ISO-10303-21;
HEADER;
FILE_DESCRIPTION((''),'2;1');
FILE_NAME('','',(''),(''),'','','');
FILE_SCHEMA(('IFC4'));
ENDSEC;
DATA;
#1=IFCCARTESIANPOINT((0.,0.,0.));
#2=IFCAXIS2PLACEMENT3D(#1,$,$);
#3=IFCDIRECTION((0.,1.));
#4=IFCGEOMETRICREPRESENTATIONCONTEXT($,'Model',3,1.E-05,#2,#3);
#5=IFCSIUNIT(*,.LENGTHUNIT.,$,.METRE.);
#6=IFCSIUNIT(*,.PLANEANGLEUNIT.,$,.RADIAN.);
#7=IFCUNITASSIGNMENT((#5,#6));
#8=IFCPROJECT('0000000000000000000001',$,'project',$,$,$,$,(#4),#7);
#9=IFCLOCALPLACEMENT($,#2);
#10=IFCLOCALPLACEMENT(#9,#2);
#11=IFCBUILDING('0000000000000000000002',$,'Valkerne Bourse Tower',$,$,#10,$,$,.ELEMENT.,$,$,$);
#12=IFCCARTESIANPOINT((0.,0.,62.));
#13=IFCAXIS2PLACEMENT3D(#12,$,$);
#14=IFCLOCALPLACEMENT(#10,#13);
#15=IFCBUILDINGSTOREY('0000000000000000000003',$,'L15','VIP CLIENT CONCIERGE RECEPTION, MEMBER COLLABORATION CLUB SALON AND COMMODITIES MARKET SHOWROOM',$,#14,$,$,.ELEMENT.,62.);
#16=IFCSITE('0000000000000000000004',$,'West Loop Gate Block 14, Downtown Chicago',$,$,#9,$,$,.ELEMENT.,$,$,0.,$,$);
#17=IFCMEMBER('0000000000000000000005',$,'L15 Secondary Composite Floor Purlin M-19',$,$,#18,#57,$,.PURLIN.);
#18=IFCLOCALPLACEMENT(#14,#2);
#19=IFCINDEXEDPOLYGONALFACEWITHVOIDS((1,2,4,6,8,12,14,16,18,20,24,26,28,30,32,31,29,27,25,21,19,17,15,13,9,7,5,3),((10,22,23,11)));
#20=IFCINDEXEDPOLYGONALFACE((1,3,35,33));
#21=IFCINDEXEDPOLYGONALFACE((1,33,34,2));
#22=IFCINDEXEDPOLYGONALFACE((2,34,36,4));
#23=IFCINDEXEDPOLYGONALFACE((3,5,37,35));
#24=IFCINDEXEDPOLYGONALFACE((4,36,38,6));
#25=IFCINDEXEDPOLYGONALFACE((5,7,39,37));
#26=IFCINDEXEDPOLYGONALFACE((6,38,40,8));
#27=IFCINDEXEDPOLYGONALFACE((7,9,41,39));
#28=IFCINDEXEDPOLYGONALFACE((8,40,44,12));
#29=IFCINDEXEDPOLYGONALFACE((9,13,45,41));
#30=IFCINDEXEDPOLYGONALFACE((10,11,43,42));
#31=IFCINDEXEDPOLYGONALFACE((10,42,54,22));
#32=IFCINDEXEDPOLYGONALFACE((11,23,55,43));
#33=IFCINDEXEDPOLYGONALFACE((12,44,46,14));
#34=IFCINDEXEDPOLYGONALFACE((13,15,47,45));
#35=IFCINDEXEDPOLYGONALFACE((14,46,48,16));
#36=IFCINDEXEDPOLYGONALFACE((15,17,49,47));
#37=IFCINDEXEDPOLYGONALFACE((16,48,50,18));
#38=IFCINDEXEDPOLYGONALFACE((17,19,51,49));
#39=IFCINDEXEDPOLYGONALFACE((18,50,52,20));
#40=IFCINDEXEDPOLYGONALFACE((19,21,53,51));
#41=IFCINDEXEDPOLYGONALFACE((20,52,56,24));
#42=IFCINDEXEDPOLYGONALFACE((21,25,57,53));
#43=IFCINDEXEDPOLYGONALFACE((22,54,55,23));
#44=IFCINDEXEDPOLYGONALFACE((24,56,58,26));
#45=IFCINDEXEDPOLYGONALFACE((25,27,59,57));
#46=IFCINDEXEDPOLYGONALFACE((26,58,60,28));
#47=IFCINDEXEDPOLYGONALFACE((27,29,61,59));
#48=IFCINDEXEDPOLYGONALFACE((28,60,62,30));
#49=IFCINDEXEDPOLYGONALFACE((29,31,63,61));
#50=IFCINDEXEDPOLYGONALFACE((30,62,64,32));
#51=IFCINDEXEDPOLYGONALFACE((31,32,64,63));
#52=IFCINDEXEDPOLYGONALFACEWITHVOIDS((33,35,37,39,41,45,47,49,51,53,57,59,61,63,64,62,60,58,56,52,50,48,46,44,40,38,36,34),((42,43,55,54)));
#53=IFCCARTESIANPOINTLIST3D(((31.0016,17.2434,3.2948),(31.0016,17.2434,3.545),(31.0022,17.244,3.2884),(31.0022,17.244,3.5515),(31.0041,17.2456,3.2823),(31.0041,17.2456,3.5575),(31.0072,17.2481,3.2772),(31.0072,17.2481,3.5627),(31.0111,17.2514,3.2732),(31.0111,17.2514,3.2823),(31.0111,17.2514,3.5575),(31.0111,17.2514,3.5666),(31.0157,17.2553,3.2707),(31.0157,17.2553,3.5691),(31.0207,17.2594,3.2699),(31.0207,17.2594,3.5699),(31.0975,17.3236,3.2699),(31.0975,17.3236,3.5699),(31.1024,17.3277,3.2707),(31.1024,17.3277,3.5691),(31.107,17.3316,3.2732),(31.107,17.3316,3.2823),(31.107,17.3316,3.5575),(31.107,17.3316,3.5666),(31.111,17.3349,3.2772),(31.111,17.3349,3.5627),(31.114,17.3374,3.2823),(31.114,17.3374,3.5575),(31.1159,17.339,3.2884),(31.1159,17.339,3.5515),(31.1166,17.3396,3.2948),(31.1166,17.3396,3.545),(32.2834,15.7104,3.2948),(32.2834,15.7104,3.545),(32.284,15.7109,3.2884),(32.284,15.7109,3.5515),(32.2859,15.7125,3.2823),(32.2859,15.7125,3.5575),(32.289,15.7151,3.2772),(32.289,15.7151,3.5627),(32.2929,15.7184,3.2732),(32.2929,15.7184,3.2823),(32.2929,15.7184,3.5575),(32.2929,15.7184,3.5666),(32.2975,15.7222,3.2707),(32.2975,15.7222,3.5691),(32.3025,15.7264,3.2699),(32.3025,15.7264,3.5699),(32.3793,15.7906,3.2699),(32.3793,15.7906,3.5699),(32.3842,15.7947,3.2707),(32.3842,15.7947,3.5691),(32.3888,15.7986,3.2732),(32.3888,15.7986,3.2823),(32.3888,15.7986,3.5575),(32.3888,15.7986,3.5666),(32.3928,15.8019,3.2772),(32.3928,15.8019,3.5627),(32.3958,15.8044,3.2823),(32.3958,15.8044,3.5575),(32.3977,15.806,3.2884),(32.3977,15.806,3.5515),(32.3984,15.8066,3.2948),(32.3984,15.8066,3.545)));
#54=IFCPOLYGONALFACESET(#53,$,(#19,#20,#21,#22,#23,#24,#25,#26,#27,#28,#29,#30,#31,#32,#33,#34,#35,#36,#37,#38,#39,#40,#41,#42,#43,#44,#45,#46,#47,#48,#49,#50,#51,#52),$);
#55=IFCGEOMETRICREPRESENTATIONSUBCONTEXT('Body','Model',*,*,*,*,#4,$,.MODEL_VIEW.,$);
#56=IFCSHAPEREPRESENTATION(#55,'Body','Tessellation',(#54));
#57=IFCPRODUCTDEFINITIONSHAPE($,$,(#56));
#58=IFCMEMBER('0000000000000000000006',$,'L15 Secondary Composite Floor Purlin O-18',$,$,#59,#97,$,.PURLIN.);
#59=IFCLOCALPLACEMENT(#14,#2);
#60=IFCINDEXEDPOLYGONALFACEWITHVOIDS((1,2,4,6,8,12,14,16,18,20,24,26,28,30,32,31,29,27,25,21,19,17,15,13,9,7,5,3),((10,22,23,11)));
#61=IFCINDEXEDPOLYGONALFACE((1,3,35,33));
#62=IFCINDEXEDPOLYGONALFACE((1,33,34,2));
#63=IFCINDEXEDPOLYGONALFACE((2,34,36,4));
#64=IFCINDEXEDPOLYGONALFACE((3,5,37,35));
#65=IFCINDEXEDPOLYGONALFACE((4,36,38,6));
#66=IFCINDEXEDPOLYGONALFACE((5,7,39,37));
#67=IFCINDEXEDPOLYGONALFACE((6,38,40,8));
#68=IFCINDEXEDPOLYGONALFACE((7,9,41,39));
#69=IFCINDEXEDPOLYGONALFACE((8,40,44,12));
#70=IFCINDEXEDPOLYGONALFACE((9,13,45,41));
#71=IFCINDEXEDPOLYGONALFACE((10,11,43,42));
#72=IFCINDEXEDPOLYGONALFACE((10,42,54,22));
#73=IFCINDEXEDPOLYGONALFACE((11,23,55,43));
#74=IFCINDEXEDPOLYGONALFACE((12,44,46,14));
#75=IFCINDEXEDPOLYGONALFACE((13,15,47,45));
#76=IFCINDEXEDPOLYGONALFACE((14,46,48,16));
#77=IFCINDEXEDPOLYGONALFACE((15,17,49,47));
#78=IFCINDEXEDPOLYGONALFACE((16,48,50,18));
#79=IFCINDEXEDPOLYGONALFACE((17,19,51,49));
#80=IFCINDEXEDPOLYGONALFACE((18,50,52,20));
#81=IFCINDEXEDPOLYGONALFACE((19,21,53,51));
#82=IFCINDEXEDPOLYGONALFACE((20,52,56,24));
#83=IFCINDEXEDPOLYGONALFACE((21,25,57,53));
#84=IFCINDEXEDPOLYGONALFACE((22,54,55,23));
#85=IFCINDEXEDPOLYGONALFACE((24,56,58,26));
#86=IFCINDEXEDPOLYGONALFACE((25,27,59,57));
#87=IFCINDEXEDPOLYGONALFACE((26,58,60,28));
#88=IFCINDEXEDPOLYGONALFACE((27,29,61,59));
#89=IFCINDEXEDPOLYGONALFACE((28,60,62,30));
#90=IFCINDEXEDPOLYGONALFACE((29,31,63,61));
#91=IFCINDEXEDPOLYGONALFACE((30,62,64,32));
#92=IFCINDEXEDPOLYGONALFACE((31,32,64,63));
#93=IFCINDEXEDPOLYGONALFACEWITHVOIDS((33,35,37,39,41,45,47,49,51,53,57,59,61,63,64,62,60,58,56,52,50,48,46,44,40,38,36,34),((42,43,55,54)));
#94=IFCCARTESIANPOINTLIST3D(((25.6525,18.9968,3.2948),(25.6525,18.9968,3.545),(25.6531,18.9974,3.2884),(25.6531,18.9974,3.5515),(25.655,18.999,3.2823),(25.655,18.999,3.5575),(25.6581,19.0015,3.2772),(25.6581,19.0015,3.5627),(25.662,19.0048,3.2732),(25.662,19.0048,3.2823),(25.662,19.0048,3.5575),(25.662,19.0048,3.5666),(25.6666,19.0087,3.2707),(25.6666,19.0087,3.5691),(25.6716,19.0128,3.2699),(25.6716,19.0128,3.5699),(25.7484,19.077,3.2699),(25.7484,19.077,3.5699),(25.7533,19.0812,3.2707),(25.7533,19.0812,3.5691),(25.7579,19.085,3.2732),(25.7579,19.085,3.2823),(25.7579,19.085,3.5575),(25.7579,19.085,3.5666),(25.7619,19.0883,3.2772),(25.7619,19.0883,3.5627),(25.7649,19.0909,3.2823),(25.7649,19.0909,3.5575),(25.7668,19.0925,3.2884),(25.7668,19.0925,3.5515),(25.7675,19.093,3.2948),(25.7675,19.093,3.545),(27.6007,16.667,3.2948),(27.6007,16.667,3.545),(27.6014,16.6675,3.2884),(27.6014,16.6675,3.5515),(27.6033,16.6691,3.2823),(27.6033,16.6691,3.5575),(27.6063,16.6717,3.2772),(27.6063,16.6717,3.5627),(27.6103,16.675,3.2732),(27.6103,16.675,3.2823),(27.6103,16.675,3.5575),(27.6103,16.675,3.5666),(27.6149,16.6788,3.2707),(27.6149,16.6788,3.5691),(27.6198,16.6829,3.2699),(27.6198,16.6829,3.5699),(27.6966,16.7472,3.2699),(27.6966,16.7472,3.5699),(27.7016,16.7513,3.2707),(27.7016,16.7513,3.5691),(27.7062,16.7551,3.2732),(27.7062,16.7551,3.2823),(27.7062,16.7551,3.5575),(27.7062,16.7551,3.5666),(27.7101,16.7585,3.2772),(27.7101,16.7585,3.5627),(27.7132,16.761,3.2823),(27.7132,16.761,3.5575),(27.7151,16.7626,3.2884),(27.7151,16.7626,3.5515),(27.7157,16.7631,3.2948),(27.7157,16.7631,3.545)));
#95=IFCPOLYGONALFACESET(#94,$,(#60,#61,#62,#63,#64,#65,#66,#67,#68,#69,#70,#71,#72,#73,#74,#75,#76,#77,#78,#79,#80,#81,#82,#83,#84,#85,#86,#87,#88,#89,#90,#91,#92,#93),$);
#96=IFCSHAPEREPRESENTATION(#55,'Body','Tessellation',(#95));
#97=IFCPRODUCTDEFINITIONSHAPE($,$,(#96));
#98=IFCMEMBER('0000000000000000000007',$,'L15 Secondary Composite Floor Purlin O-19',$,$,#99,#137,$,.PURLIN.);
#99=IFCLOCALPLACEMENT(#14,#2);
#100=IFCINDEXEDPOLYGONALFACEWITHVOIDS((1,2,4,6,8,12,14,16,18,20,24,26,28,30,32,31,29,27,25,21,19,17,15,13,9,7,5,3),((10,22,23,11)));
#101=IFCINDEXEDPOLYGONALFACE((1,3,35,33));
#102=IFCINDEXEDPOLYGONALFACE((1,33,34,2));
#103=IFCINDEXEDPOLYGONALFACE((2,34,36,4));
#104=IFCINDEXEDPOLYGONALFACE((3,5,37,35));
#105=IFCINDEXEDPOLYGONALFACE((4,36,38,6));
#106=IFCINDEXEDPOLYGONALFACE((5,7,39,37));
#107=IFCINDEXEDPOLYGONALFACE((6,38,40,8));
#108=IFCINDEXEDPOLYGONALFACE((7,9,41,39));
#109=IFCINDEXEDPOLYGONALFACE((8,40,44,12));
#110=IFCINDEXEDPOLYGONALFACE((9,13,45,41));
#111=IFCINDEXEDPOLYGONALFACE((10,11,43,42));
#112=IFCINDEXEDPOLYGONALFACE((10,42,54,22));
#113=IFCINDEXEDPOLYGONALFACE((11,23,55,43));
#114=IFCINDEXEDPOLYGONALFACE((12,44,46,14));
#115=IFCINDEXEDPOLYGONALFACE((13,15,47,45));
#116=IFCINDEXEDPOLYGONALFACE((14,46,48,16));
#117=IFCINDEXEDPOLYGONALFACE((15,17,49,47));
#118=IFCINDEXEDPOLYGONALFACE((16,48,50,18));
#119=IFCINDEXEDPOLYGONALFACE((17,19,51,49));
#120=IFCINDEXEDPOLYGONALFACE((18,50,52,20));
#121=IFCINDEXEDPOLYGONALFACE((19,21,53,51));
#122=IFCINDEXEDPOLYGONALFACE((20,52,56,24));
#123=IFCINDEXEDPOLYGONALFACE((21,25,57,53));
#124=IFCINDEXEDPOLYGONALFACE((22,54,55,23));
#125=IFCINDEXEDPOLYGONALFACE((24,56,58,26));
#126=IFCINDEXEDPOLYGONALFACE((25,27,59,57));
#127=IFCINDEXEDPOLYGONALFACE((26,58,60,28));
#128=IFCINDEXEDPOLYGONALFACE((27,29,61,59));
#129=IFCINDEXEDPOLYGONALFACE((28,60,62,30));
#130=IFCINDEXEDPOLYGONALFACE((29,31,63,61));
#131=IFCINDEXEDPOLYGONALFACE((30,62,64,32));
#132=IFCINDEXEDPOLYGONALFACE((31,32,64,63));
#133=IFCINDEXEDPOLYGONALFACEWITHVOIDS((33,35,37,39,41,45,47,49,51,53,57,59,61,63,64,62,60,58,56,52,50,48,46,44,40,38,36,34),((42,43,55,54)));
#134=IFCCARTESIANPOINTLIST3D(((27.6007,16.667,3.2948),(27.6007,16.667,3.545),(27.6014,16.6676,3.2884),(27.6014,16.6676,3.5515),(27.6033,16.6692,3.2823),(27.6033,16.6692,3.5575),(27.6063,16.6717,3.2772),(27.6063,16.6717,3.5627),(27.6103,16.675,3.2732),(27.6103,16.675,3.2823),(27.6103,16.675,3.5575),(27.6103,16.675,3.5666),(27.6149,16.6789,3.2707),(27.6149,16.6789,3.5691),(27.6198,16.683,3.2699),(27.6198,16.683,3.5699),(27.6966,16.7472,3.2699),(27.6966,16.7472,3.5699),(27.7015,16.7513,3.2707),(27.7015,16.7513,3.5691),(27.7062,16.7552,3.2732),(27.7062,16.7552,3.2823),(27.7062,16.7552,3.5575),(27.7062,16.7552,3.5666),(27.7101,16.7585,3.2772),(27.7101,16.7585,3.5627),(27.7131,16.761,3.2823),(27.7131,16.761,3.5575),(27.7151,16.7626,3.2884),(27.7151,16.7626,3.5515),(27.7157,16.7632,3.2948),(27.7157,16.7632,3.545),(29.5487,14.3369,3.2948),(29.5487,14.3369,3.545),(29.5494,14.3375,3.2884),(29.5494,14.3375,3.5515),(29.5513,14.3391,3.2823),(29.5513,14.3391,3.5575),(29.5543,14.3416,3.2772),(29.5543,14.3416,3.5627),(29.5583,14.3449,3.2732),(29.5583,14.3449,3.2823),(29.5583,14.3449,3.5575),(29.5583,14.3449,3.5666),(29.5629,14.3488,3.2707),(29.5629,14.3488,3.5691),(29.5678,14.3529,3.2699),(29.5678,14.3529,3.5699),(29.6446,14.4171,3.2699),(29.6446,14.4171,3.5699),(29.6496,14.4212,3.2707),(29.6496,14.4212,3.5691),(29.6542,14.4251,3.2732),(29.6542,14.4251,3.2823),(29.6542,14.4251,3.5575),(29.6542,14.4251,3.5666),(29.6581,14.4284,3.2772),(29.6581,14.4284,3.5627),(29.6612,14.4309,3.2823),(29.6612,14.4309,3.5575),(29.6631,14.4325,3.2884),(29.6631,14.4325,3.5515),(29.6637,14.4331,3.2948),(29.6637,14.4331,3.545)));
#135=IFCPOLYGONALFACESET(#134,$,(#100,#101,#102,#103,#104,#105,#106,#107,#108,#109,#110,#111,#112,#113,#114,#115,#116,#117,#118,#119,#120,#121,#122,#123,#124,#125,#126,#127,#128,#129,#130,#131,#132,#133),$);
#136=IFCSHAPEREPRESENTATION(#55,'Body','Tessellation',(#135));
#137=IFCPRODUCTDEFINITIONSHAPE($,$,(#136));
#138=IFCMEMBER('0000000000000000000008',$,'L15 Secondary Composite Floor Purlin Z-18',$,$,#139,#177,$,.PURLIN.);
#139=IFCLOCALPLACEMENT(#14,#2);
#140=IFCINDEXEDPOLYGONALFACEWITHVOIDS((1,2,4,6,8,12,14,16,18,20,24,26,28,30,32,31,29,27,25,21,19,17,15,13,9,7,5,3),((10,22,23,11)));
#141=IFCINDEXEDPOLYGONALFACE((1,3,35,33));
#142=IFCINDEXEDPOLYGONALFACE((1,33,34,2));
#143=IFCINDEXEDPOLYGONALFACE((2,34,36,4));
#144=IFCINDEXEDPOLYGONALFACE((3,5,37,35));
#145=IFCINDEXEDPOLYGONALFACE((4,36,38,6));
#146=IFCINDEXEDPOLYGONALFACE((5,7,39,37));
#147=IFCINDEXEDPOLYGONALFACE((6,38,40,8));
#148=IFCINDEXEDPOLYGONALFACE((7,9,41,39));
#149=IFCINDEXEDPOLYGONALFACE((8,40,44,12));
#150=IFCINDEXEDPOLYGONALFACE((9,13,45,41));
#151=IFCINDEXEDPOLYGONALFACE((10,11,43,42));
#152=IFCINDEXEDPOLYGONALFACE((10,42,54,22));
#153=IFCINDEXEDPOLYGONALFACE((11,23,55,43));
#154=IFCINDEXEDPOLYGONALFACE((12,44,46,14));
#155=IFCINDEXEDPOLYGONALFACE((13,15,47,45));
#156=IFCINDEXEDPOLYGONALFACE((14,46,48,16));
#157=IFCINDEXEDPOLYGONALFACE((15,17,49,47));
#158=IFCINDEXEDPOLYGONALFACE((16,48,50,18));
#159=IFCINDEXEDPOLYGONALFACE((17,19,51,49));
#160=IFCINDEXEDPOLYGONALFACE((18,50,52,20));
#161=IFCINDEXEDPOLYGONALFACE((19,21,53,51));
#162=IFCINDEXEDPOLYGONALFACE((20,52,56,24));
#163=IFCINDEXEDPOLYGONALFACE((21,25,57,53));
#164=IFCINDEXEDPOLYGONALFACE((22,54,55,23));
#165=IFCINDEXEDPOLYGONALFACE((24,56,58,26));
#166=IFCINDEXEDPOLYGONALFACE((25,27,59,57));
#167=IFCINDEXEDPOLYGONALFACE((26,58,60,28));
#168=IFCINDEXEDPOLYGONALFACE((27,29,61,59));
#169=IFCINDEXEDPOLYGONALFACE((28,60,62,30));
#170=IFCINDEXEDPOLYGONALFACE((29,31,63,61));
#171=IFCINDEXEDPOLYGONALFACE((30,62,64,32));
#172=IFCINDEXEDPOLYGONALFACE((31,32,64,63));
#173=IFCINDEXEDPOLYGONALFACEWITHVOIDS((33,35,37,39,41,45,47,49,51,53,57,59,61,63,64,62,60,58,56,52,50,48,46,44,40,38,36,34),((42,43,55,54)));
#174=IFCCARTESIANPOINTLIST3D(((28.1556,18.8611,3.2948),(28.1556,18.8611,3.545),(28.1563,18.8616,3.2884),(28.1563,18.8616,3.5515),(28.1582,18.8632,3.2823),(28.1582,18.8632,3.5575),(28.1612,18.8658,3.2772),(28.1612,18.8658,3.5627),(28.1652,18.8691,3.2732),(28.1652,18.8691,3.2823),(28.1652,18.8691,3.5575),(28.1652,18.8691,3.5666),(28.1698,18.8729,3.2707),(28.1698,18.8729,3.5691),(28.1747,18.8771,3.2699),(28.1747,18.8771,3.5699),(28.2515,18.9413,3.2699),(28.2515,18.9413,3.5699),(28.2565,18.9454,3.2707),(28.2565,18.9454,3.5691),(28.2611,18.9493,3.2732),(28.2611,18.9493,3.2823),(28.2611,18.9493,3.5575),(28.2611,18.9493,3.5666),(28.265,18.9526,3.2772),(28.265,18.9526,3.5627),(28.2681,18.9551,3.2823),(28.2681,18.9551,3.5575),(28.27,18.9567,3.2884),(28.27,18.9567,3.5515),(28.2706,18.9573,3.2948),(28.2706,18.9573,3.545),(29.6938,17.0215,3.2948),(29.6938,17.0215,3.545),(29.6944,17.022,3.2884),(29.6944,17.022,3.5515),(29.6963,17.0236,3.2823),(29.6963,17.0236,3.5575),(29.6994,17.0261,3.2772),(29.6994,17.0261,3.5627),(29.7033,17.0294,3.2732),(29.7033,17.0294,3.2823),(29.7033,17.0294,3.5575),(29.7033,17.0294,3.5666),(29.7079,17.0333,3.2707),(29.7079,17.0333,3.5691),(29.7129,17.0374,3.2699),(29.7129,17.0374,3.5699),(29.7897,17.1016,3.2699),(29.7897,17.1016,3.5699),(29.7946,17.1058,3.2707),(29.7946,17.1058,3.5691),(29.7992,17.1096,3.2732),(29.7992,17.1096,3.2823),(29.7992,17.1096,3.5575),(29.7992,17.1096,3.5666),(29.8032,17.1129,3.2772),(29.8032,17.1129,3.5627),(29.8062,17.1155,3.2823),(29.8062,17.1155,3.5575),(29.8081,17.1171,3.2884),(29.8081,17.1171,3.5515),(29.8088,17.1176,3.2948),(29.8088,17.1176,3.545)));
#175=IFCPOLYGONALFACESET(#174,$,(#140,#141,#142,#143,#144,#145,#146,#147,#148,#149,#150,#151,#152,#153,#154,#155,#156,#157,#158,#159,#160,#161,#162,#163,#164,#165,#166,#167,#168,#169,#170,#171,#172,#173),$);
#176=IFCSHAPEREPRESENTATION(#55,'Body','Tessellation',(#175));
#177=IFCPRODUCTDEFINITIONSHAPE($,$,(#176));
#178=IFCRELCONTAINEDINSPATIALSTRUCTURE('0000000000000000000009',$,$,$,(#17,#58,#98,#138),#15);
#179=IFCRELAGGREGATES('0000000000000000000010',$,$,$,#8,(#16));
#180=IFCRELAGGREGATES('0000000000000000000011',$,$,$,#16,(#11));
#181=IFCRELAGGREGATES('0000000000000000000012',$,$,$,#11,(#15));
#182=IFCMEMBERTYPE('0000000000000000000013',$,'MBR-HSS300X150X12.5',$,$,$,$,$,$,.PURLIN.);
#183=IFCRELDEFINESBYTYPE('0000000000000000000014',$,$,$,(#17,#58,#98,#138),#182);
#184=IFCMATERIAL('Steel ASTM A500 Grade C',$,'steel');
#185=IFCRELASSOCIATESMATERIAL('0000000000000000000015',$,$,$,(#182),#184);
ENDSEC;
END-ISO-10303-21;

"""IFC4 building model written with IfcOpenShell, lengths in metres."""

from ifc_helpers import new_model, si_unit, direction, frame, origin, origin_2d, place, context, subcontext, project, spatial, hollow_rectangle, extrude, material, material_profile, profile_set, type_object, element, save


model = new_model("IFC4")

# Units and contexts
model_context = context("Model", 3, precision=1e-05, world=origin(), true_north=direction((0.0, 1.0)))
body_context = subcontext(model_context, "Body", "Model", "MODEL_VIEW")
ifc_project = project(units=[si_unit("LENGTHUNIT", "METRE"), si_unit("PLANEANGLEUNIT", "RADIAN")], contexts=[model_context])

# Site, building, storey
site_placement = place(None, origin())
site = spatial("IfcSite", under=ifc_project, at=site_placement, Name="West Loop Gate Block 14, Downtown Chicago", CompositionType="ELEMENT", RefElevation=0.0)
building_placement = place(site_placement, origin())
building = spatial("IfcBuilding", under=site, at=building_placement, Name="Valkerne Bourse Tower", CompositionType="ELEMENT")
storey_placement = place(building_placement, frame((0.0, 0.0, 62.0)))
storey = spatial("IfcBuildingStorey", under=building, at=storey_placement, Name="L15", Description="VIP CLIENT CONCIERGE RECEPTION, MEMBER COLLABORATION CLUB SALON AND COMMODITIES MARKET SHOWROOM", CompositionType="ELEMENT", Elevation=62.0)

# Members
ifc_material_1 = material(Name="Steel ASTM A500 Grade C", Category="steel")
ifc_material_profile_1 = material_profile(ifc_material_1, hollow_rectangle(XDim=0.1499, YDim=0.3, WallThickness=0.0125, OuterFilletRadius=0.0249, at=origin_2d()), Name="HSS300X150X12.5")
ifc_profile_set_1 = profile_set([ifc_material_profile_1], Name="Steel ASTM A500 Grade C")
member_type_1 = type_object("IfcMemberType", Name="MBR-HSS300X150X12.5", PredefinedType="PURLIN", material=ifc_profile_set_1)
member_1_placement = place(storey_placement, frame((31.0591, 17.2915, 3.4199), z_axis=(0.641445, -0.767169, 0.0), x_axis=(0.767169, 0.641445, 0.0)))
element("IfcMember", 1, at=member_1_placement, inside=storey, type_object=member_type_1, Name="L15 Secondary Composite Floor Purlin M-19", PredefinedType="PURLIN", context=body_context, shape_type="SweptSolid", body=[
    extrude(hollow_rectangle(XDim=0.1499, YDim=0.3, WallThickness=0.0125, OuterFilletRadius=0.0249, at=origin_2d()), origin(), (0.0, 0.0, 1.0), 1.9983),
])
for number, where, z_axis, x_axis, name in (
    (2, (25.71, 19.0449, 3.4199), (0.641488, -0.767133, 0.0), (0.767133, 0.641488, 0.0), "L15 Secondary Composite Floor Purlin O-18"),
    (3, (27.6582, 16.7151, 3.4199), (0.641401, -0.767206, 0.0), (0.767206, 0.641401, 0.0), "L15 Secondary Composite Floor Purlin O-19"),
):
    element("IfcMember", number, at=place(storey_placement, frame(where, z_axis=z_axis, x_axis=x_axis)), inside=storey, type_object=member_type_1, Name=name, PredefinedType="PURLIN", context=body_context, shape_type="SweptSolid", body=[
        extrude(hollow_rectangle(XDim=0.1499, YDim=0.3, WallThickness=0.0125, OuterFilletRadius=0.0249, at=origin_2d()), origin(), (0.0, 0.0, 1.0), 3.0371),
    ])
member_2_placement = place(storey_placement, frame((28.2131, 18.9092, 3.4199), z_axis=(0.641435, -0.767177, 0.0), x_axis=(0.767177, 0.641435, 0.0)))
element("IfcMember", 4, at=member_2_placement, inside=storey, type_object=member_type_1, Name="L15 Secondary Composite Floor Purlin Z-18", PredefinedType="PURLIN", context=body_context, shape_type="SweptSolid", body=[
    extrude(hollow_rectangle(XDim=0.1499, YDim=0.3, WallThickness=0.0125, OuterFilletRadius=0.0249, at=origin_2d()), origin(), (0.0, 0.0, 1.0), 2.3979),
])

save(model, "model.ifc")
